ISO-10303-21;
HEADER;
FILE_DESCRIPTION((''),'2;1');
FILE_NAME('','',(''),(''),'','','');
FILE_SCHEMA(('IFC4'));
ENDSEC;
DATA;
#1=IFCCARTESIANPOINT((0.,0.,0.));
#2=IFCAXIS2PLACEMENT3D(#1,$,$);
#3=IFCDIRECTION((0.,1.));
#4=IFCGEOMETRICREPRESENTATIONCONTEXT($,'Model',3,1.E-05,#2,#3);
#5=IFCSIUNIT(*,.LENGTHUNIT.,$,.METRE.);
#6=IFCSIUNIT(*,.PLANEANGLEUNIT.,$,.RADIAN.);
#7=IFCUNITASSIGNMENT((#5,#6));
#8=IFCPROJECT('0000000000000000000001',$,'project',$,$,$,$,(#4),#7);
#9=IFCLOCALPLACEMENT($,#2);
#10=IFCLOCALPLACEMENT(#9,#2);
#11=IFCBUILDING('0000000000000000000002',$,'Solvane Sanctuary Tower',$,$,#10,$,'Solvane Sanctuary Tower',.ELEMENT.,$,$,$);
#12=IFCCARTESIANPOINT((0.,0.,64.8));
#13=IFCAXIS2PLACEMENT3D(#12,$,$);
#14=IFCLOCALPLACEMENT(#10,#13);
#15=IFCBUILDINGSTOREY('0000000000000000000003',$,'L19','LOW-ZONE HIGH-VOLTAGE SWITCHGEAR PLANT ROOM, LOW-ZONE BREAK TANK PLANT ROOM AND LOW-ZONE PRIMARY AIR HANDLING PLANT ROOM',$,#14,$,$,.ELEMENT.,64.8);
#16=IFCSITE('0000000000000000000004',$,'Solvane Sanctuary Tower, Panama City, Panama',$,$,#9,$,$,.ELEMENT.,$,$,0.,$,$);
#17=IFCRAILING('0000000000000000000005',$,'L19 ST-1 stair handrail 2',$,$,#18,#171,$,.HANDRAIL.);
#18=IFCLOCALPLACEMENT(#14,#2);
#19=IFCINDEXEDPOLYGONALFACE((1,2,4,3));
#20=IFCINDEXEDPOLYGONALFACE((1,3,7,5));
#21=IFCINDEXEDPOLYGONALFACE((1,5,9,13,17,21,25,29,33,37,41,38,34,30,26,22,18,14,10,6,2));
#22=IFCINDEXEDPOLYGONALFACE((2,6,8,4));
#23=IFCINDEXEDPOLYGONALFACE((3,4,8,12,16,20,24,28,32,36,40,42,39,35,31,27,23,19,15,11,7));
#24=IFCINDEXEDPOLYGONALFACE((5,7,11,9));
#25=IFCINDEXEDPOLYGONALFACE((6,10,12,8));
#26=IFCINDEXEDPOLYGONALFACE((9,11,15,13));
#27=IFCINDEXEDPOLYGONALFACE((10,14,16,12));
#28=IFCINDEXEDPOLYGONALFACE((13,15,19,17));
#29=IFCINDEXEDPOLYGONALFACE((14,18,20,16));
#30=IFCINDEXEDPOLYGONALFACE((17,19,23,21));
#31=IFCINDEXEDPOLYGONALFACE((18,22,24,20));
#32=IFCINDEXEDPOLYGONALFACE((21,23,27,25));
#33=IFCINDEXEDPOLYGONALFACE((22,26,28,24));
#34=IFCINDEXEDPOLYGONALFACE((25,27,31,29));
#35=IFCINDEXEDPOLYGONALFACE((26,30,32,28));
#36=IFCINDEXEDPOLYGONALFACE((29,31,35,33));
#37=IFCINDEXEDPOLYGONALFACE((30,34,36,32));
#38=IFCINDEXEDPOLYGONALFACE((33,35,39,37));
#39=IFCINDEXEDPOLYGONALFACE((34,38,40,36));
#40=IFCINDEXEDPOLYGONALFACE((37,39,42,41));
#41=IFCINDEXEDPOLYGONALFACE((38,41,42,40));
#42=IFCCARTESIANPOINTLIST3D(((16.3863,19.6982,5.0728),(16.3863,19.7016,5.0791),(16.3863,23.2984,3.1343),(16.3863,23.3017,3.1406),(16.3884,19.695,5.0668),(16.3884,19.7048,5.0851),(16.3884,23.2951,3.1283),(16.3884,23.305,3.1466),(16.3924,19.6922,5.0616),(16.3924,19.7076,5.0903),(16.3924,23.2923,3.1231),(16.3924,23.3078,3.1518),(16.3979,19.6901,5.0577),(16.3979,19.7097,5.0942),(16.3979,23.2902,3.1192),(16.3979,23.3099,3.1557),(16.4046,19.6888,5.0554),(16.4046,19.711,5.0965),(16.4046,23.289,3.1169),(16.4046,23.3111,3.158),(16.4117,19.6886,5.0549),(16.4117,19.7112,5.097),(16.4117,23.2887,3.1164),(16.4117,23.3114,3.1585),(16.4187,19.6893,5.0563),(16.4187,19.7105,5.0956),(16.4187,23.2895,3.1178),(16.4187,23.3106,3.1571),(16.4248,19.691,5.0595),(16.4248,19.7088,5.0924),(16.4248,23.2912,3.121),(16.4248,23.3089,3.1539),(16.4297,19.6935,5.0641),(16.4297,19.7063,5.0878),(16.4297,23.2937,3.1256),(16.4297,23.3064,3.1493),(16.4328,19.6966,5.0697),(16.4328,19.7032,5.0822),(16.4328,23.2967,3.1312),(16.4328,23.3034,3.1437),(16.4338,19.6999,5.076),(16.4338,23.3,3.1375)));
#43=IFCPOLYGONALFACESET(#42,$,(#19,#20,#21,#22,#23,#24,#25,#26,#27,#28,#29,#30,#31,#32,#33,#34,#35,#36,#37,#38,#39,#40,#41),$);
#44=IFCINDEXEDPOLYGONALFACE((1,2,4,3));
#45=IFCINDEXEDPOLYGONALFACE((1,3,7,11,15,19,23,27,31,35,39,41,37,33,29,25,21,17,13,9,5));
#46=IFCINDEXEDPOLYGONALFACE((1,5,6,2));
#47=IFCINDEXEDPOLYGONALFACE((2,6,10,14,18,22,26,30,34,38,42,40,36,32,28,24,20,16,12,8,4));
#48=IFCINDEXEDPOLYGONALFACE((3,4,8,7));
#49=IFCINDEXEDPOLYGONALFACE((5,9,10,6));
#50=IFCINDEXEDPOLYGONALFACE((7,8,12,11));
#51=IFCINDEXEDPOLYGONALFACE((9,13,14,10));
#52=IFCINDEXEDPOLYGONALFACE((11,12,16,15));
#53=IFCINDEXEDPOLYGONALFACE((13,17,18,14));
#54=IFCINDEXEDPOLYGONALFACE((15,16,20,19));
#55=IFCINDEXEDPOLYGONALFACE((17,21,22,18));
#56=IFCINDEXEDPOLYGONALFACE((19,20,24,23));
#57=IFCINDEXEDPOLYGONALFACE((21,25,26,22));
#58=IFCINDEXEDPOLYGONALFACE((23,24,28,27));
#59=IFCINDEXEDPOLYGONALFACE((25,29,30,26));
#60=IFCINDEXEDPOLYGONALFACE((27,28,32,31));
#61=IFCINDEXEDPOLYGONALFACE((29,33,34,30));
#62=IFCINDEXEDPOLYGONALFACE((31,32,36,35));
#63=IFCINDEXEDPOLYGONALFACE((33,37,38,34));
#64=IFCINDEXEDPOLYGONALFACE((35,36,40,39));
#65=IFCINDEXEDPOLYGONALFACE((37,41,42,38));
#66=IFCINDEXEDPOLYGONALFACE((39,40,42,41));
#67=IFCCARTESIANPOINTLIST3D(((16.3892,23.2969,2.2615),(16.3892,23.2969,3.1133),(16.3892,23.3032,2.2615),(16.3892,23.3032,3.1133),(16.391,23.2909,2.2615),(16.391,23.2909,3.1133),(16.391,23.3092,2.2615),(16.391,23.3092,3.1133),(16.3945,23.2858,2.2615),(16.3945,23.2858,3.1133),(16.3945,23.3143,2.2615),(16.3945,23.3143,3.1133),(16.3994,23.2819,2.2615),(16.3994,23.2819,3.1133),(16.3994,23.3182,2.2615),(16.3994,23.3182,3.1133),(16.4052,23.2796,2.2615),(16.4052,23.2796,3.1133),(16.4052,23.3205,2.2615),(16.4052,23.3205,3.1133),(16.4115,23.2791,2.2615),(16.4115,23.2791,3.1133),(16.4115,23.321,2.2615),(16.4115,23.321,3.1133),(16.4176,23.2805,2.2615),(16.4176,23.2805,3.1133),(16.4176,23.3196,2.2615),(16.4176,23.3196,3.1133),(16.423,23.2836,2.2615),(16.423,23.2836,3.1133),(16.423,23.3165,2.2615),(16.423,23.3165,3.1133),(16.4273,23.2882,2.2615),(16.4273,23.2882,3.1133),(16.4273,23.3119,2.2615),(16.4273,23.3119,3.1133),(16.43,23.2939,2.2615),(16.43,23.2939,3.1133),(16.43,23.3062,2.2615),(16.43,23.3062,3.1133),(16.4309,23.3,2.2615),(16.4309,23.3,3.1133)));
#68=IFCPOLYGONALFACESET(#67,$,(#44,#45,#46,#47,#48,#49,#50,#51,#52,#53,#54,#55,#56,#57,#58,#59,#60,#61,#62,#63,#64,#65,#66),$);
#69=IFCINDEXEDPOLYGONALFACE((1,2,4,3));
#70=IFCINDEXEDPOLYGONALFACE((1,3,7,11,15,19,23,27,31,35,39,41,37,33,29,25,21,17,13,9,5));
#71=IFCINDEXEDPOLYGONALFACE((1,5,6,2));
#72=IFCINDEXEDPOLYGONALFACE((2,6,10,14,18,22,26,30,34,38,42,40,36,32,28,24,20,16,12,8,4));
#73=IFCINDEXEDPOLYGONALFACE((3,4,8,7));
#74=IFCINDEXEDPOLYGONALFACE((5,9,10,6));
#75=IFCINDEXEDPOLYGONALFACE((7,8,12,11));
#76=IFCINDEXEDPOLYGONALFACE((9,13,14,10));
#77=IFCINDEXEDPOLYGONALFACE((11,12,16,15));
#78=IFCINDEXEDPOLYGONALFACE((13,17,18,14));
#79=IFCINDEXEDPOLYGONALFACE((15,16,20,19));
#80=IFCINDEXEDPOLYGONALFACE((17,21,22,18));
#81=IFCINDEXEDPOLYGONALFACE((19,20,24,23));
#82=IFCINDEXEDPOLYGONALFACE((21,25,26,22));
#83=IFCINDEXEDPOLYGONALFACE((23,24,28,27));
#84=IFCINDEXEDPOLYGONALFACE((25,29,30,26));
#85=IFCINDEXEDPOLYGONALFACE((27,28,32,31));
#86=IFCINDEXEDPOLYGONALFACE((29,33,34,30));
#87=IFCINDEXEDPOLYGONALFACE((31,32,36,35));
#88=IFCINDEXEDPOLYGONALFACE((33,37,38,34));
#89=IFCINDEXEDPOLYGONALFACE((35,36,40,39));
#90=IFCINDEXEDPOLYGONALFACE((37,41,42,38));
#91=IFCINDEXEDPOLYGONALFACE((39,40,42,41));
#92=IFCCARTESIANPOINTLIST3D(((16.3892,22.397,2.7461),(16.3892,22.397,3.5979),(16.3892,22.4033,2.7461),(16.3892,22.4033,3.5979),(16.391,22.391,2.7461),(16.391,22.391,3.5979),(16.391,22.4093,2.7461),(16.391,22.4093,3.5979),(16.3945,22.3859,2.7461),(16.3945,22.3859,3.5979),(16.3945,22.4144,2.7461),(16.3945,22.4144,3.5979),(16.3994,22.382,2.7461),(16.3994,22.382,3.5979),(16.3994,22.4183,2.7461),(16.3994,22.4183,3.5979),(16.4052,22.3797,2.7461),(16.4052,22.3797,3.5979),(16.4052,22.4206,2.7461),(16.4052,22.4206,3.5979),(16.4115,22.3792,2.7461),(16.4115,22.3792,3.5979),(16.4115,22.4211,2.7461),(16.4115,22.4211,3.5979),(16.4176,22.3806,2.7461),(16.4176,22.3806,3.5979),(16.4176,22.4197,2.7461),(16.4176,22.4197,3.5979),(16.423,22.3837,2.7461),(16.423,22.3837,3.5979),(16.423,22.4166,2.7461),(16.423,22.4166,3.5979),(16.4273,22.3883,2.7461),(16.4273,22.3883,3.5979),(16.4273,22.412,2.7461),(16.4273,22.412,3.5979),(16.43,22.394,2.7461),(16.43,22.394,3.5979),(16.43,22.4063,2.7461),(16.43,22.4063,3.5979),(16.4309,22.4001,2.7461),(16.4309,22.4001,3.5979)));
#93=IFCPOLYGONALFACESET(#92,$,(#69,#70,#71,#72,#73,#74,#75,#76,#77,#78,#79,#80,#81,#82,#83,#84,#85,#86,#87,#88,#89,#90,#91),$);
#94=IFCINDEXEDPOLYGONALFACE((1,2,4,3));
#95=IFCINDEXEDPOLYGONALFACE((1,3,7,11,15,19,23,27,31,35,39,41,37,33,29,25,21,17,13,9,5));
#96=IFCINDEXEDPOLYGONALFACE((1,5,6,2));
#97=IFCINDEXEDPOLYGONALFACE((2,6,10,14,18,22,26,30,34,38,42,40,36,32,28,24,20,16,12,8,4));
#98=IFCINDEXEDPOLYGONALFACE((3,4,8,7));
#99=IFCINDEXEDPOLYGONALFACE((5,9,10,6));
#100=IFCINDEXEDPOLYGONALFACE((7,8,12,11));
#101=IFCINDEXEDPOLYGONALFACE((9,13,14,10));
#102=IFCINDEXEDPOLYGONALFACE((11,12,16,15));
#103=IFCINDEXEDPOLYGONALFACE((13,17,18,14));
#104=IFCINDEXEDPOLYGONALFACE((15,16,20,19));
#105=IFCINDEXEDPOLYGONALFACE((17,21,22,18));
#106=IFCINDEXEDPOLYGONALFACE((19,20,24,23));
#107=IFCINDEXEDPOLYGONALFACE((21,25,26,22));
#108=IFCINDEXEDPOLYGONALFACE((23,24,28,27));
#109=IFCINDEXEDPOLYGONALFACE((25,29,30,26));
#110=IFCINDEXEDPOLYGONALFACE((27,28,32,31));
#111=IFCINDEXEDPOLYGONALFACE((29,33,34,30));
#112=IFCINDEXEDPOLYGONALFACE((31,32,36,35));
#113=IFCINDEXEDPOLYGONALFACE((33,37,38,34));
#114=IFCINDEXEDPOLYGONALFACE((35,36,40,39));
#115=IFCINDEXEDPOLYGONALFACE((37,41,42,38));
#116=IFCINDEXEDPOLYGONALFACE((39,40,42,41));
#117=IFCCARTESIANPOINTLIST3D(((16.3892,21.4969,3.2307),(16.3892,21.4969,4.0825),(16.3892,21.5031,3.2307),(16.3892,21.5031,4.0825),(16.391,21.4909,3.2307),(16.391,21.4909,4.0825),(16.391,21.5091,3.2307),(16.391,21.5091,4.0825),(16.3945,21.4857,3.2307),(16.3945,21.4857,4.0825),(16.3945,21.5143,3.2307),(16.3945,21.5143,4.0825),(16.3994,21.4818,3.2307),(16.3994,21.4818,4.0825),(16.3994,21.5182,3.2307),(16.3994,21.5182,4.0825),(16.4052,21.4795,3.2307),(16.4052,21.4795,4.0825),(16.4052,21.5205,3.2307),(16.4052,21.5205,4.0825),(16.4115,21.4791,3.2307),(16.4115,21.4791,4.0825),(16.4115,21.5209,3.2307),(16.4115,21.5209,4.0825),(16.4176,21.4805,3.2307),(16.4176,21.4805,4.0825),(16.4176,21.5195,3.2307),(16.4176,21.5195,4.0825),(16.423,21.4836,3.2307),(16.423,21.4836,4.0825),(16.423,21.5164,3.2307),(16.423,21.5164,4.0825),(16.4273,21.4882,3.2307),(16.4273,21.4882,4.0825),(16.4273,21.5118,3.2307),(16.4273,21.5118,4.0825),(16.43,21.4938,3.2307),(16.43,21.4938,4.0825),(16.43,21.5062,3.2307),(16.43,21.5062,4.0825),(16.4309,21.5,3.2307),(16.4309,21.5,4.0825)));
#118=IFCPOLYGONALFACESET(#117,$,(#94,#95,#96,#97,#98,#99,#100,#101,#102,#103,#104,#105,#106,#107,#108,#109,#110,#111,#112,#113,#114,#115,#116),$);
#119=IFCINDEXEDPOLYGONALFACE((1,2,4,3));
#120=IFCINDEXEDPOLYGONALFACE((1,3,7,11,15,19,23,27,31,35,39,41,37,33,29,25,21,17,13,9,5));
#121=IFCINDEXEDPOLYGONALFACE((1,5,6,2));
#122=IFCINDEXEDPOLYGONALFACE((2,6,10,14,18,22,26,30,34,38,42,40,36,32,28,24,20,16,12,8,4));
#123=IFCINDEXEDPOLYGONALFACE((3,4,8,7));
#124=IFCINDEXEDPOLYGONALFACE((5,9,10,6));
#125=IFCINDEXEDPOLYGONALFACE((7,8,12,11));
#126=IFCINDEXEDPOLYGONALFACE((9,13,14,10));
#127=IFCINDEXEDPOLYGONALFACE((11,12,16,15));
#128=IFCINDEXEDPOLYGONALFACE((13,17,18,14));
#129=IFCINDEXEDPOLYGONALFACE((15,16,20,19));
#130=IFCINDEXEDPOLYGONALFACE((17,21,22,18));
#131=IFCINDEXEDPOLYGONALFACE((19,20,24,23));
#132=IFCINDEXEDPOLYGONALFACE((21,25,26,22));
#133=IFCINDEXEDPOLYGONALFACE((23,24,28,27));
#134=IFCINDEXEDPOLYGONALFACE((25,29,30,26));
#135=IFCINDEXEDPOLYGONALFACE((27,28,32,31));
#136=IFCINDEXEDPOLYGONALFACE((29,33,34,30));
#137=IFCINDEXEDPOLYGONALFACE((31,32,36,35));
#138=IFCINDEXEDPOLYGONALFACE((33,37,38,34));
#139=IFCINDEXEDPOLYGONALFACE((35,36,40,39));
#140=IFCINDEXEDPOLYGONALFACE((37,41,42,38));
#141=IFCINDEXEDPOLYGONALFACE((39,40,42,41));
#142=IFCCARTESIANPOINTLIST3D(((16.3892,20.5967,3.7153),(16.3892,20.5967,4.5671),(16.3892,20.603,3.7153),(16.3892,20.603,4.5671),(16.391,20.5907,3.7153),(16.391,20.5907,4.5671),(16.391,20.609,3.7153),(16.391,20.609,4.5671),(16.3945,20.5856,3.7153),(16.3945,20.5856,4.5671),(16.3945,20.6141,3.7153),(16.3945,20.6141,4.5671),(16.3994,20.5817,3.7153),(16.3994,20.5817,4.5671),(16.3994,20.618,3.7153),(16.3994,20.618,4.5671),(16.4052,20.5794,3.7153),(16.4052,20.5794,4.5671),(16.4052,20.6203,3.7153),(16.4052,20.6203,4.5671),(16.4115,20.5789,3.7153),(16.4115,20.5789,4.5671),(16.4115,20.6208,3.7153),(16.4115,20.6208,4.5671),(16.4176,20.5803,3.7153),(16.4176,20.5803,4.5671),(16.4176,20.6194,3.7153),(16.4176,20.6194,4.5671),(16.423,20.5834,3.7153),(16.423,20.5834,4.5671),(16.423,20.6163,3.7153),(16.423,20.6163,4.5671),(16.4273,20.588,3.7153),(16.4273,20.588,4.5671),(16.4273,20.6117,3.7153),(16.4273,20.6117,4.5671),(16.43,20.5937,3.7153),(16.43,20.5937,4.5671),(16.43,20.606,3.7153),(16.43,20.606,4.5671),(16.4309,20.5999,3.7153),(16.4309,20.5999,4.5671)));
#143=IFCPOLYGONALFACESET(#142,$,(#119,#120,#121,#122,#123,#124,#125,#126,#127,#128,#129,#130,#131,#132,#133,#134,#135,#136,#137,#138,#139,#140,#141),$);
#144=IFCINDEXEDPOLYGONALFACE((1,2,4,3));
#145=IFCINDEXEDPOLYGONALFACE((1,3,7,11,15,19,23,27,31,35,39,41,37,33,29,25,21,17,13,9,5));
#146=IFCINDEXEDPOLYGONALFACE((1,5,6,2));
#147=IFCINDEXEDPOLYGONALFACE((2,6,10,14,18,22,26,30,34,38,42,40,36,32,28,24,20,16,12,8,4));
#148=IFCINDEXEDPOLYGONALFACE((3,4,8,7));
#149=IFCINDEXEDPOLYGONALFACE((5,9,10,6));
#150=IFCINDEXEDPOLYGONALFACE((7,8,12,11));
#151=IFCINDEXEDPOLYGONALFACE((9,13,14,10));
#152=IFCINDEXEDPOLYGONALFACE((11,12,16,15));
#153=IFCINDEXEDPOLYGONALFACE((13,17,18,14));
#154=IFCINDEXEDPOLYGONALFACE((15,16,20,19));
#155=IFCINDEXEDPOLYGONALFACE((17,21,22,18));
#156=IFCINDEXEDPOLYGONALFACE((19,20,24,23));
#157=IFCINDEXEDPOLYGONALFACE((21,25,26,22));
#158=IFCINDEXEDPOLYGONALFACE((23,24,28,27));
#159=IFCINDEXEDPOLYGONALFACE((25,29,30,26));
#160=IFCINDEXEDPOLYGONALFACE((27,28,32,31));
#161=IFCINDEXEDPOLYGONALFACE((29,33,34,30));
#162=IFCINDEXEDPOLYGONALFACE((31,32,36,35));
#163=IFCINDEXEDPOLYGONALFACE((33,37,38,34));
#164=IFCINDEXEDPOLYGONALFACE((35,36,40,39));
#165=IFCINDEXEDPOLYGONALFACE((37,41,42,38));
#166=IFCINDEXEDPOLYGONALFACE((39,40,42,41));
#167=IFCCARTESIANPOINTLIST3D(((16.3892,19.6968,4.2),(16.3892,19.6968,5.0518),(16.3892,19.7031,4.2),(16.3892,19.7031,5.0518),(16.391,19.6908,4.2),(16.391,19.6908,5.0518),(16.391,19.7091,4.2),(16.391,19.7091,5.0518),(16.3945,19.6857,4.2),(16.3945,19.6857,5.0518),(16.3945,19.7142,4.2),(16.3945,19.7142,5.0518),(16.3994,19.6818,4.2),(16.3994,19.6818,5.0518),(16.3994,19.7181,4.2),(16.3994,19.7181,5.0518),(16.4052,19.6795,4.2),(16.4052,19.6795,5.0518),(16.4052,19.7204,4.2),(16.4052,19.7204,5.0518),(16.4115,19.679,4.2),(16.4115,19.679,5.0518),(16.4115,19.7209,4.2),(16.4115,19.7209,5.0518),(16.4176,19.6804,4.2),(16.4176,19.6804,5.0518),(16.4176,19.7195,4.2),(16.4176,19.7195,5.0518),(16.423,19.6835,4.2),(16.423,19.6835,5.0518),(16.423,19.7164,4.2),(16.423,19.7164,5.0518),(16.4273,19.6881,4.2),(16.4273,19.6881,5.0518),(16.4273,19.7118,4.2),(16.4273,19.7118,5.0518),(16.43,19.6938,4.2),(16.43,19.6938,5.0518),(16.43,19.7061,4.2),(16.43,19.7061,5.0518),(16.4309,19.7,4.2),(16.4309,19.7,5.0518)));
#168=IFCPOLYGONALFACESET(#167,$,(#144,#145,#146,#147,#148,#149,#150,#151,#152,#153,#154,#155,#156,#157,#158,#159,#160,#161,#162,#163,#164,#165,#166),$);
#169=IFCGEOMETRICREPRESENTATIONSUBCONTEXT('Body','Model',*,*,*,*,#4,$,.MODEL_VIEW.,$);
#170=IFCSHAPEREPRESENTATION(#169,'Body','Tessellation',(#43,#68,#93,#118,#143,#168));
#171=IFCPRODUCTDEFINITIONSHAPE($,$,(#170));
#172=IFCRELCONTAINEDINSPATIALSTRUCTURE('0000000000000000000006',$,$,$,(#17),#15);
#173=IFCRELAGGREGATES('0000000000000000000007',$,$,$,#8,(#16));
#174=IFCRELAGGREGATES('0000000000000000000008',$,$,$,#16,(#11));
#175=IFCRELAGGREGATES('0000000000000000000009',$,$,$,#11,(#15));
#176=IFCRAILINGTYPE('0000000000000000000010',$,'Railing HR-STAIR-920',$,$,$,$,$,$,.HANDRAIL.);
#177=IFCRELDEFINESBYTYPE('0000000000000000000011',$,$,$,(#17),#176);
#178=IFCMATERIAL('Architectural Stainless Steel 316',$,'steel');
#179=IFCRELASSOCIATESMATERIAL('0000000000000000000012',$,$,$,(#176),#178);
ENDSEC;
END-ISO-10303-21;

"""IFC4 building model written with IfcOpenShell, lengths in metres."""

from ifc_helpers import new_model, si_unit, direction, frame, origin, origin_2d, place, context, subcontext, project, spatial, circle, extrude, material, type_object, element, save


model = new_model("IFC4")

# Units and contexts
model_context = context("Model", 3, precision=1e-05, world=origin(), true_north=direction((0.0, 1.0)))
body_context = subcontext(model_context, "Body", "Model", "MODEL_VIEW")
ifc_project = project(units=[si_unit("LENGTHUNIT", "METRE"), si_unit("PLANEANGLEUNIT", "RADIAN")], contexts=[model_context])

# Site, building, storey
site_placement = place(None, origin())
site = spatial("IfcSite", under=ifc_project, at=site_placement, Name="Solvane Sanctuary Tower, Panama City, Panama", CompositionType="ELEMENT", RefElevation=0.0)
building_placement = place(site_placement, origin())
building = spatial("IfcBuilding", under=site, at=building_placement, Name="Solvane Sanctuary Tower", LongName="Solvane Sanctuary Tower", CompositionType="ELEMENT")
storey_placement = place(building_placement, frame((0.0, 0.0, 64.8)))
storey = spatial("IfcBuildingStorey", under=building, at=storey_placement, Name="L19", Description="LOW-ZONE HIGH-VOLTAGE SWITCHGEAR PLANT ROOM, LOW-ZONE BREAK TANK PLANT ROOM AND LOW-ZONE PRIMARY AIR HANDLING PLANT ROOM", CompositionType="ELEMENT", Elevation=64.8)

# Shared definitions
ifc_material_1 = material(Name="Architectural Stainless Steel 316", Category="steel")

# Railing
railing_type_1 = type_object("IfcRailingType", Name="Railing HR-STAIR-920", PredefinedType="HANDRAIL", material=ifc_material_1)
railing_1_placement = place(storey_placement, frame((16.4099, 23.3, 2.2615)))
element("IfcRailing", 1, at=railing_1_placement, inside=storey, type_object=railing_type_1, Name="L19 ST-1 stair handrail 2", PredefinedType="HANDRAIL", context=body_context, shape_type="SweptSolid", body=[
    extrude(circle(Radius=0.0239, at=origin_2d()), frame((0.0, 0.0, 0.876), z_axis=(0.0, -0.880475, 0.474093), x_axis=(1.0, 0.0, 0.0)), (0.0, 0.0, 1.0), 4.0889),
    extrude(circle(Radius=0.021, at=origin_2d()), origin(), (0.0, 0.0, 1.0), 0.8518),
    extrude(circle(Radius=0.021, at=origin_2d()), frame((0.0, -0.8999, 0.4846)), (0.0, 0.0, 1.0), 0.8518),
    extrude(circle(Radius=0.021, at=origin_2d()), frame((0.0, -1.8, 0.9692)), (0.0, 0.0, 1.0), 0.8518),
    extrude(circle(Radius=0.021, at=origin_2d()), frame((0.0, -2.7002, 1.4539)), (0.0, 0.0, 1.0), 0.8518),
    extrude(circle(Radius=0.021, at=origin_2d()), frame((0.0, -3.6001, 1.9385)), (0.0, 0.0, 1.0), 0.8518),
])

save(model, "model.ifc")
